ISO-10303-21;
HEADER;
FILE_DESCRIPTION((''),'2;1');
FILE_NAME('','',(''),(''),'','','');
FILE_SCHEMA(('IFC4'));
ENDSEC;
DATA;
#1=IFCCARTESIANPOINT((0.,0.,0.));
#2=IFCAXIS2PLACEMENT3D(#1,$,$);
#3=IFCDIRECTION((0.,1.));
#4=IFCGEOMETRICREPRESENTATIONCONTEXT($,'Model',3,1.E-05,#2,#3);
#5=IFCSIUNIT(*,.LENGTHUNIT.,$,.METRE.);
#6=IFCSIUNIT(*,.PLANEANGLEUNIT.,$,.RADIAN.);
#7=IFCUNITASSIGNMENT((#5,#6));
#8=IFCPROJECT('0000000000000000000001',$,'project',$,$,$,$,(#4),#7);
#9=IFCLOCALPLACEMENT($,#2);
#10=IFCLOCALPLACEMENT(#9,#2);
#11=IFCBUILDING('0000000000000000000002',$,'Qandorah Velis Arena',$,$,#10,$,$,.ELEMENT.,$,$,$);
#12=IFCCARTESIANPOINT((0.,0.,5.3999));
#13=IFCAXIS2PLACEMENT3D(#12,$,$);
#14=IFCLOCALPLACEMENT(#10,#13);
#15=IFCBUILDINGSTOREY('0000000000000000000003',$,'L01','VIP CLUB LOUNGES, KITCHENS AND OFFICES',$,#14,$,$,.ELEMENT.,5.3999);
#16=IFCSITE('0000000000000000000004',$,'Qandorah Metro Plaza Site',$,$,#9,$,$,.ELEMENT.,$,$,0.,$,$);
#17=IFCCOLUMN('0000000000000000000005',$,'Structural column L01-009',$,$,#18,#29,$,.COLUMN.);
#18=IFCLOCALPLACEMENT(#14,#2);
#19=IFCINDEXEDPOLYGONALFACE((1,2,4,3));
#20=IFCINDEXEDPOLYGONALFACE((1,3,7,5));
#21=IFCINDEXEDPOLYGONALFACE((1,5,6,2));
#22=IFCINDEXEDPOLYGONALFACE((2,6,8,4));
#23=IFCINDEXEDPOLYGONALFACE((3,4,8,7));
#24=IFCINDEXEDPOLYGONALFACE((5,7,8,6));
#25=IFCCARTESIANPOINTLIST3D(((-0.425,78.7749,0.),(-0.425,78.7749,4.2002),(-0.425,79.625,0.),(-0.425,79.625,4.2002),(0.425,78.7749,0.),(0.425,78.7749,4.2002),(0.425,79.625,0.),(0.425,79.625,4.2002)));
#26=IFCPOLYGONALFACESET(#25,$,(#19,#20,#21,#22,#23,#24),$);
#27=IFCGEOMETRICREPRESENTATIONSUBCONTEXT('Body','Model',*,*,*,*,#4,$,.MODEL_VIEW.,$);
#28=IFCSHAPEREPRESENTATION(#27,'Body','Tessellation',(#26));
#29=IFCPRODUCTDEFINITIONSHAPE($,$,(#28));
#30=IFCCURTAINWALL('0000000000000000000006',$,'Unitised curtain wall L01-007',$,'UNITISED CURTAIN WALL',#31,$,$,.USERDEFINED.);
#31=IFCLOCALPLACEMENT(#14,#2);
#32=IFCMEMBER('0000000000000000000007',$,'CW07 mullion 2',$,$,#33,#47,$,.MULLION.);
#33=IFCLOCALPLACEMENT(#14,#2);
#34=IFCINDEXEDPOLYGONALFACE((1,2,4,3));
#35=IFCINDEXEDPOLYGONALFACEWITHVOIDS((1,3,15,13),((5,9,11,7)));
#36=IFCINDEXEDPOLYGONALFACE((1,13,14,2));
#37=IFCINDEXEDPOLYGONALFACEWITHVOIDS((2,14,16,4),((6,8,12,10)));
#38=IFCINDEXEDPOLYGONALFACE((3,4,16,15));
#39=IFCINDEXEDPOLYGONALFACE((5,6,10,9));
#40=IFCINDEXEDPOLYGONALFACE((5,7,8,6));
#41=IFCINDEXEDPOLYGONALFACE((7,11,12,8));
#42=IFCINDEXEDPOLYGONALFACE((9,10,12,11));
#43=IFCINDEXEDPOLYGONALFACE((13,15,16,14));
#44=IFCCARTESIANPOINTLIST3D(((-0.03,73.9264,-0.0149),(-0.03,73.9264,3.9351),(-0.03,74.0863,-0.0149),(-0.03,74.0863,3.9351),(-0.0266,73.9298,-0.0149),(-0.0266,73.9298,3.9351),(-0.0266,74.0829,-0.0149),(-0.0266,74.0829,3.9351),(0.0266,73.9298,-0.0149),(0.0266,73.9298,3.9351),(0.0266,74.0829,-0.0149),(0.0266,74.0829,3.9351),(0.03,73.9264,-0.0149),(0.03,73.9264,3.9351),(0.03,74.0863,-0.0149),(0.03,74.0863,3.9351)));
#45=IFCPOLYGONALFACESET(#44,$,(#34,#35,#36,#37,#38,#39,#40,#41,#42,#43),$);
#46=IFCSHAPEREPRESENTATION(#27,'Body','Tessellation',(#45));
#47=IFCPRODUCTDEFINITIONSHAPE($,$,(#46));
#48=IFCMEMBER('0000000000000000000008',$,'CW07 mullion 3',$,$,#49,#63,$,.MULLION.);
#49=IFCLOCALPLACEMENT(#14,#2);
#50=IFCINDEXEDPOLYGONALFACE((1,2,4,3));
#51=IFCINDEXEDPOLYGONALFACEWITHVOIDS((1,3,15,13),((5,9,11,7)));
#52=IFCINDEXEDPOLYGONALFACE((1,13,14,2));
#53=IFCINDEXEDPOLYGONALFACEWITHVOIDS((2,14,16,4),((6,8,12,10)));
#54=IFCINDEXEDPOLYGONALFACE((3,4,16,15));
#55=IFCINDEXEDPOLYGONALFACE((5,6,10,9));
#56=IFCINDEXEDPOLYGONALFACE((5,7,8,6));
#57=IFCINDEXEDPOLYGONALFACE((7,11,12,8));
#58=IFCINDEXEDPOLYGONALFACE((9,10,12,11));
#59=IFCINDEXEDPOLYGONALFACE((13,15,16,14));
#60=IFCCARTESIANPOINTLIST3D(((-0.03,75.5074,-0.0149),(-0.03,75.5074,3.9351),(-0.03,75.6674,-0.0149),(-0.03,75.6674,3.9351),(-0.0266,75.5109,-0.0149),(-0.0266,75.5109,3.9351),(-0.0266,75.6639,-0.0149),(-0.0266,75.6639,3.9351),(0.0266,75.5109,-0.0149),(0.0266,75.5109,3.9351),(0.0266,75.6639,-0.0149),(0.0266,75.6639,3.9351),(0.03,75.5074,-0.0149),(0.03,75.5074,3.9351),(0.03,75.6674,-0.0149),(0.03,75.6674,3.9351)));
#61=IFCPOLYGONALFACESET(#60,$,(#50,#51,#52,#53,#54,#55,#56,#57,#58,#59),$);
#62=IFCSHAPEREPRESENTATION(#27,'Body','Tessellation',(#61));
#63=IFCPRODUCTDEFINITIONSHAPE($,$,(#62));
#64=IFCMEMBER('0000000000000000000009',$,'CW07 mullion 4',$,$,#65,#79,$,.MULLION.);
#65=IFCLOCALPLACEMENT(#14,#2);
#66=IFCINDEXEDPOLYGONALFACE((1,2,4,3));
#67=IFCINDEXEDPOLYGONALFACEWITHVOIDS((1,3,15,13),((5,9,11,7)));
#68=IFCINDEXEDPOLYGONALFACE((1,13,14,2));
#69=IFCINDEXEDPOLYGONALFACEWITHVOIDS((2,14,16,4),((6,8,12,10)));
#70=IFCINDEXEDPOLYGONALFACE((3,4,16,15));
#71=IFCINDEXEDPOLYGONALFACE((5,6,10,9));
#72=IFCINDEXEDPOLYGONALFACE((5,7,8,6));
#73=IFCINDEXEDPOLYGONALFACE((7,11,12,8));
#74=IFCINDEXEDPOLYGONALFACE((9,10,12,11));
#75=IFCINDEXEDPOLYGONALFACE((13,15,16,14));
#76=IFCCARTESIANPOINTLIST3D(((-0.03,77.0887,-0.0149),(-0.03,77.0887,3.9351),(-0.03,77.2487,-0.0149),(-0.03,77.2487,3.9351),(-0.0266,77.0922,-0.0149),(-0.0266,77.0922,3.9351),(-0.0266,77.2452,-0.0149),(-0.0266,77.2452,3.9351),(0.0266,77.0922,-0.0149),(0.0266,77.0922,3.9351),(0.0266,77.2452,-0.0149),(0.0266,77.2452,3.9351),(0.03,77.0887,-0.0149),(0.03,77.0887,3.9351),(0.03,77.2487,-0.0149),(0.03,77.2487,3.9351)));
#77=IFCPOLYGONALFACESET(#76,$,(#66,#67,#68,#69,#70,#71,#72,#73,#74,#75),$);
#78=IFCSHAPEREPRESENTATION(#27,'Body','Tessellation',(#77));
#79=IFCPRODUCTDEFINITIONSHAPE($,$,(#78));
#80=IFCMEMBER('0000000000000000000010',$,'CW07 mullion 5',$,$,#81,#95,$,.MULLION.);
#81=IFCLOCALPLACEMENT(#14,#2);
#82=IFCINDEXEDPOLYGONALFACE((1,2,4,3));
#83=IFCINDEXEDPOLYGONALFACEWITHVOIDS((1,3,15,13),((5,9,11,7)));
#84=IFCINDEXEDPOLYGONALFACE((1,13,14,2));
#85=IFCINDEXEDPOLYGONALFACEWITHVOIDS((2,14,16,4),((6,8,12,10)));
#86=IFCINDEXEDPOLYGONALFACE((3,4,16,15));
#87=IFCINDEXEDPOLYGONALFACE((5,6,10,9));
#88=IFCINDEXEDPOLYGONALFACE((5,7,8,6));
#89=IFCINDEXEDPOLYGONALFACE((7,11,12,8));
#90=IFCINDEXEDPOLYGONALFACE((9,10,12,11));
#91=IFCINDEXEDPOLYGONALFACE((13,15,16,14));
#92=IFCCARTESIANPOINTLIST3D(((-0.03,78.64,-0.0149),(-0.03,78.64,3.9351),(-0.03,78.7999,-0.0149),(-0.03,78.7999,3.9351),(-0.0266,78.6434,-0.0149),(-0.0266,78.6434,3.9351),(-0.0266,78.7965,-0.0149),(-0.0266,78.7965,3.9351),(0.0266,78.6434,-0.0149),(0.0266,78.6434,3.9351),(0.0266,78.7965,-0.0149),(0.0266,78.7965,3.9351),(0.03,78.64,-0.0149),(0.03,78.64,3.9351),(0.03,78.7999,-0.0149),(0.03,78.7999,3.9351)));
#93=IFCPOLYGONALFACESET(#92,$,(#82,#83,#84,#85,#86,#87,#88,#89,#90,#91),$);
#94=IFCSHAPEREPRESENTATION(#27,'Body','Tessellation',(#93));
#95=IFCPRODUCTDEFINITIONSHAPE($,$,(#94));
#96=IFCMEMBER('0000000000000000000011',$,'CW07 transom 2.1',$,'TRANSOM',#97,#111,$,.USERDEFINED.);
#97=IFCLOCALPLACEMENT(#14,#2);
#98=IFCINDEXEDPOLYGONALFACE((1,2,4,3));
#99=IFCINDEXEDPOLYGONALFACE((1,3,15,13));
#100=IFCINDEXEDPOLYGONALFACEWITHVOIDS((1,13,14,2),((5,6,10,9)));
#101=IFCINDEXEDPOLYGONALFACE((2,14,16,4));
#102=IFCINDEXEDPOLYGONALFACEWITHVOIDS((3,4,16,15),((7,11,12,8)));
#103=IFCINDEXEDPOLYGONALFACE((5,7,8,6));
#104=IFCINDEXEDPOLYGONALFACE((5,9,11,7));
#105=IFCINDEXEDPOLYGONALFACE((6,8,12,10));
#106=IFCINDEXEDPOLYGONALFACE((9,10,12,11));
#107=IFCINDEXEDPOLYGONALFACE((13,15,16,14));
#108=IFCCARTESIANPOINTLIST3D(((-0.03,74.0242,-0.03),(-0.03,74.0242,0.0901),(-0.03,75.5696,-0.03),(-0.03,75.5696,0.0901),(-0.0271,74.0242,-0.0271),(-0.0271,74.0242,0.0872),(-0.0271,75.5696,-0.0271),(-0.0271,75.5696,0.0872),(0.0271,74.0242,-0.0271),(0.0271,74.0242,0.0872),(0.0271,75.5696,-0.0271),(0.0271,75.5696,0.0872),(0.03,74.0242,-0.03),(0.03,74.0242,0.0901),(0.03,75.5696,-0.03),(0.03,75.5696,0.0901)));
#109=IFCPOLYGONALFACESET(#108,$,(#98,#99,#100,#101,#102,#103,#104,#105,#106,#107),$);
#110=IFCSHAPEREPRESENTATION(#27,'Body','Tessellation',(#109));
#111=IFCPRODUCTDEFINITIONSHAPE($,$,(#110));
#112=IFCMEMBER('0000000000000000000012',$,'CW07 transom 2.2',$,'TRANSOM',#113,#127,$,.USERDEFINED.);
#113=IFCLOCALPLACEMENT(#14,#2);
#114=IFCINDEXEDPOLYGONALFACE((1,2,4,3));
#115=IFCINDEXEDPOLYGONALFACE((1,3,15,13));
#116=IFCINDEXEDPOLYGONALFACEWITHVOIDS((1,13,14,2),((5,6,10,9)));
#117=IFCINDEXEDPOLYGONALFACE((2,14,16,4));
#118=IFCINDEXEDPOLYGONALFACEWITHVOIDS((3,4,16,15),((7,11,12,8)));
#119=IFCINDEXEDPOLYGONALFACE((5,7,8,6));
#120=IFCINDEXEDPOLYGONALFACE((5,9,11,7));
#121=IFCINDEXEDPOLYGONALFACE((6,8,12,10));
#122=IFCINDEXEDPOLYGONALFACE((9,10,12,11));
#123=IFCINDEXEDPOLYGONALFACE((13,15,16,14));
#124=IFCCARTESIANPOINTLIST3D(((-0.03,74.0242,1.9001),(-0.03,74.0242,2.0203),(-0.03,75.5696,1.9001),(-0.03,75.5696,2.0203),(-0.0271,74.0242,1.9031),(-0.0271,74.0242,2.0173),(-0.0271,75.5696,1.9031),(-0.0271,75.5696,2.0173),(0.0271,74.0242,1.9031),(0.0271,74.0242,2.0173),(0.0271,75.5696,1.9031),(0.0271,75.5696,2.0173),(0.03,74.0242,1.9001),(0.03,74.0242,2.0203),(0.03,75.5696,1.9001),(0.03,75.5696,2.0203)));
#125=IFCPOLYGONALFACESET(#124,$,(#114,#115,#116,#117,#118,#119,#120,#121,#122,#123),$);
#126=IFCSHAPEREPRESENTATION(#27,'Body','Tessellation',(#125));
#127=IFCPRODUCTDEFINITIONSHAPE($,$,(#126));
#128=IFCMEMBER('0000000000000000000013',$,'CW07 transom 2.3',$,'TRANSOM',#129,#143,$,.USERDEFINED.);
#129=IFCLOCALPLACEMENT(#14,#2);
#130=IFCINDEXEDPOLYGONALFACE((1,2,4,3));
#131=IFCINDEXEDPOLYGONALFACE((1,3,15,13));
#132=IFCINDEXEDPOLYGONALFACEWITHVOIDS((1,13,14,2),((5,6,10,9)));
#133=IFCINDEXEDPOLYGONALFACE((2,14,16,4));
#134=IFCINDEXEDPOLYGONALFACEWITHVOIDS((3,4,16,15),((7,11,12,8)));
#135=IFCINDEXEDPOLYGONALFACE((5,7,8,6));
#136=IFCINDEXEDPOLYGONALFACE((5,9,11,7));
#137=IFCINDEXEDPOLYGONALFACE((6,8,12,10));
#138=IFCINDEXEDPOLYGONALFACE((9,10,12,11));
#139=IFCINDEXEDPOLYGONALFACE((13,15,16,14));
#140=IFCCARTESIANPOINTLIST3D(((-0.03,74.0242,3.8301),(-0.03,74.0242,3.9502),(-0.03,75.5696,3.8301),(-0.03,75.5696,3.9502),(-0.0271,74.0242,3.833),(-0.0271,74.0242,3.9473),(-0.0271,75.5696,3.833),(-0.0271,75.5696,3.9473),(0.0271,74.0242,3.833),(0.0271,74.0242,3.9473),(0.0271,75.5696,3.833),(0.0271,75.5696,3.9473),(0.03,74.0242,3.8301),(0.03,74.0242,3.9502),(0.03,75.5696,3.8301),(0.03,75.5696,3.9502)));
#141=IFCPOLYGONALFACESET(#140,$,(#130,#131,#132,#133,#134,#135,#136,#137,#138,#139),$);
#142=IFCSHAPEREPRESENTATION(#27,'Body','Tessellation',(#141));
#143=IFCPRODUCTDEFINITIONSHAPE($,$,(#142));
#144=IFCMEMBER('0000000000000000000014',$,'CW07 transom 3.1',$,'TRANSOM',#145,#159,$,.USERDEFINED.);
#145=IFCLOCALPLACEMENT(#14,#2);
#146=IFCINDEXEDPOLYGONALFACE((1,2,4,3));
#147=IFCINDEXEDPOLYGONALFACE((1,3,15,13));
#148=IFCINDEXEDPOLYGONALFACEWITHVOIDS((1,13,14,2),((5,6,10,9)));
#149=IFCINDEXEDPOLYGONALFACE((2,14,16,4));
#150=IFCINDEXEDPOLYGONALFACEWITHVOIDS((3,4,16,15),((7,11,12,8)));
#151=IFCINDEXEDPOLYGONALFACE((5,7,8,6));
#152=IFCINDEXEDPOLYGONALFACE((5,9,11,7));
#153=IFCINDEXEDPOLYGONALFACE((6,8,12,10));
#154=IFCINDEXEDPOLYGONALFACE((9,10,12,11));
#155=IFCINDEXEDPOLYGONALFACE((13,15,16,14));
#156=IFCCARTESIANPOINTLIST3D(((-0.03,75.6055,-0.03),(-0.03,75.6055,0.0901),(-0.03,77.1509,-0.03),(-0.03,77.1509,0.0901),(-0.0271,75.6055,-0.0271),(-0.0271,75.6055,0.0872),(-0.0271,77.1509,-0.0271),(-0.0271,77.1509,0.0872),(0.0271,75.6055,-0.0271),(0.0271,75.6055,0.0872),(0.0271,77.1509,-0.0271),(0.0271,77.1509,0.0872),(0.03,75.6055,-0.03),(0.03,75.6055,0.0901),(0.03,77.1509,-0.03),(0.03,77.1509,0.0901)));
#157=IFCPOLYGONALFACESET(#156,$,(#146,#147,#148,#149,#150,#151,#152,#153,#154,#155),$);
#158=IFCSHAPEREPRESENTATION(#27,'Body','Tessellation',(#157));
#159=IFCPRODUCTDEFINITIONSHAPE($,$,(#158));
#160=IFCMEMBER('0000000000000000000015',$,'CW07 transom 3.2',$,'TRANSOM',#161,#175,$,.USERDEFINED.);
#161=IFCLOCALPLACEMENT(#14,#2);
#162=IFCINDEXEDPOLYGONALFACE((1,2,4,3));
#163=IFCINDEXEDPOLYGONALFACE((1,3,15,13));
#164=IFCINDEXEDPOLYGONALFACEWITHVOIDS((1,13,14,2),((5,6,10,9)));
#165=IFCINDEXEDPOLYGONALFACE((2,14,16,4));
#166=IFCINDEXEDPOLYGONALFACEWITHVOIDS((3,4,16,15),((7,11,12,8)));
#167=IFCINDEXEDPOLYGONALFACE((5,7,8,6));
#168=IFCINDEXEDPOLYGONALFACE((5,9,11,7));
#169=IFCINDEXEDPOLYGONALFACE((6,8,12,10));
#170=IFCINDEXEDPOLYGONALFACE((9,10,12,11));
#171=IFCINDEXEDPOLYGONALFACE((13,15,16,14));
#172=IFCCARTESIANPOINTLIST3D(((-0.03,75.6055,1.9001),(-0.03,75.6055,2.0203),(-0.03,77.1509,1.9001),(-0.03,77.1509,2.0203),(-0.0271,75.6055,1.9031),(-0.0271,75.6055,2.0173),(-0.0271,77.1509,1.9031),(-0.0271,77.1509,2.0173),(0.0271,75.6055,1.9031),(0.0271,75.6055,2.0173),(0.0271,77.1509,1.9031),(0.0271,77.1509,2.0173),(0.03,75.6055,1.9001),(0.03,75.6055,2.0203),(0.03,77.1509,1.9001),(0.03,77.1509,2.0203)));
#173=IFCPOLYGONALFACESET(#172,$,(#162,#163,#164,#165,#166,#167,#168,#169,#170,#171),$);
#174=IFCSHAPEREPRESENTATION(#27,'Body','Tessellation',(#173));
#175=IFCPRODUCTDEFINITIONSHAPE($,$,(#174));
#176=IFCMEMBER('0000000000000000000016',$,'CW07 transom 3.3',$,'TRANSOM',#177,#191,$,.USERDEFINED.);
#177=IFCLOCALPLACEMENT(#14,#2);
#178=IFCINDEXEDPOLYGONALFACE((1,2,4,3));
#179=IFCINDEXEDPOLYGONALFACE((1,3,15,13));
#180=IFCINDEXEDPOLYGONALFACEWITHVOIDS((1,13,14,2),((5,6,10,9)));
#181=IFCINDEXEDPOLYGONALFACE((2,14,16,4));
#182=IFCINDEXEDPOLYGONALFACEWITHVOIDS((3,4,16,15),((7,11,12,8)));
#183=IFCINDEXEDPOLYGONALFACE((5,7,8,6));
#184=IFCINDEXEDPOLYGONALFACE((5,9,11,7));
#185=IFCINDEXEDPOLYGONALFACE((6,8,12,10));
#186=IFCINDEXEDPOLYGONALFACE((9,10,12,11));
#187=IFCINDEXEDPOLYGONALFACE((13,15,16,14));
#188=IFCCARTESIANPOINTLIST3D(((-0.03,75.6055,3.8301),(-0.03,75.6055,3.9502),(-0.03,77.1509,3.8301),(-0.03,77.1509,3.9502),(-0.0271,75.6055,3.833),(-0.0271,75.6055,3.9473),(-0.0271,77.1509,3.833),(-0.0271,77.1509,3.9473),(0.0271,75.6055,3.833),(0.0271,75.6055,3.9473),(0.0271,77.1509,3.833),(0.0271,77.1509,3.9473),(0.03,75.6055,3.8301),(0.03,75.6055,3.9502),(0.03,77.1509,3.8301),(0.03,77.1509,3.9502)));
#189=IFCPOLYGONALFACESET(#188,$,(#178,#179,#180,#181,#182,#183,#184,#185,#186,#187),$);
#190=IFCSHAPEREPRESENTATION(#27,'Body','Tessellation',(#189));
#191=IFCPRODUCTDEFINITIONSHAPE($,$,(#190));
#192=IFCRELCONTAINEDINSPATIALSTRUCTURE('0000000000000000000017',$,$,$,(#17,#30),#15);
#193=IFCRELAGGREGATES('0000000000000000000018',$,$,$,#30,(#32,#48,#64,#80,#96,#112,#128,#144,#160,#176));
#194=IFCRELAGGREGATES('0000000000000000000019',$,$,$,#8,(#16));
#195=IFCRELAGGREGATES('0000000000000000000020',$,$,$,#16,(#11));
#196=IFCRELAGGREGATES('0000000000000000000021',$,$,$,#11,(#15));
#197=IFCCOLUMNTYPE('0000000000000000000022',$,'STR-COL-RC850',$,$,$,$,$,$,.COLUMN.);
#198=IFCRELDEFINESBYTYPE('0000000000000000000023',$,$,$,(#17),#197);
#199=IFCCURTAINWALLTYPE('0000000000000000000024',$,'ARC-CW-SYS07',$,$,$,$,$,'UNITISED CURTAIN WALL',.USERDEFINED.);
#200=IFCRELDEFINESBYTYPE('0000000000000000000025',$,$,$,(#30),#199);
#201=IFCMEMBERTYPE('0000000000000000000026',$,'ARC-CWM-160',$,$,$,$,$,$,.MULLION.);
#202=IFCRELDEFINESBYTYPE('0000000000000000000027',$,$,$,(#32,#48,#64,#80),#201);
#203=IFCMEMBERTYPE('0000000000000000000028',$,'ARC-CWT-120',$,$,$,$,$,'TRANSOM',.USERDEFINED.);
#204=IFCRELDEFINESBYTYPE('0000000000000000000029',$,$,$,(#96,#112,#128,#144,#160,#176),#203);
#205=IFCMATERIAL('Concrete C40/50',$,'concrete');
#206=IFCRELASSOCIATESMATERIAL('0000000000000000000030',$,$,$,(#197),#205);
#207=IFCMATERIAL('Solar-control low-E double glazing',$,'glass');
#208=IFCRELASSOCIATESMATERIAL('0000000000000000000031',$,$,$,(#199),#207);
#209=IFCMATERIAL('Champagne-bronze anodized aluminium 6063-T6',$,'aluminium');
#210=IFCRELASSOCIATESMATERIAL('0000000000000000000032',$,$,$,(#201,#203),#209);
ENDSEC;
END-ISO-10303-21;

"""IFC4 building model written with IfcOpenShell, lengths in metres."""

from ifc_helpers import new_model, si_unit, direction, frame, origin, origin_2d, place, context, subcontext, project, spatial, rectangle, hollow_rectangle, extrude, material, material_profile, profile_set, type_object, element, aggregate, save


model = new_model("IFC4")

# Units and contexts
model_context = context("Model", 3, precision=1e-05, world=origin(), true_north=direction((0.0, 1.0)))
body_context = subcontext(model_context, "Body", "Model", "MODEL_VIEW")
ifc_project = project(units=[si_unit("LENGTHUNIT", "METRE"), si_unit("PLANEANGLEUNIT", "RADIAN")], contexts=[model_context])

# Site, building, storey
site_placement = place(None, origin())
site = spatial("IfcSite", under=ifc_project, at=site_placement, Name="Qandorah Metro Plaza Site", CompositionType="ELEMENT", RefElevation=0.0)
building_placement = place(site_placement, origin())
building = spatial("IfcBuilding", under=site, at=building_placement, Name="Qandorah Velis Arena", CompositionType="ELEMENT")
storey_placement = place(building_placement, frame((0.0, 0.0, 5.3999)))
storey = spatial("IfcBuildingStorey", under=building, at=storey_placement, Name="L01", Description="VIP CLUB LOUNGES, KITCHENS AND OFFICES", CompositionType="ELEMENT", Elevation=5.3999)

# Column
ifc_material_1 = material(Name="Concrete C40/50", Category="concrete")
ifc_material_profile_1 = material_profile(ifc_material_1, rectangle(XDim=0.8501, YDim=0.8501, at=origin_2d()), Name="RC COL 850x850")
ifc_profile_set_1 = profile_set([ifc_material_profile_1], Name="Concrete C40/50")
column_type = type_object("IfcColumnType", Name="STR-COL-RC850", PredefinedType="COLUMN", material=ifc_profile_set_1)
column_placement = place(storey_placement, frame((0.0, 79.2, 0.0), z_axis=(0.0, 0.0, 1.0), x_axis=(1.0, 0.0, 0.0)))
element("IfcColumn", 1, at=column_placement, inside=storey, type_object=column_type, Name="Structural column L01-009", PredefinedType="COLUMN", context=body_context, shape_type="SweptSolid", body=[
    extrude(rectangle(XDim=0.8501, YDim=0.8501, at=origin_2d()), origin(), (0.0, 0.0, 1.0), 4.2002),
])

# Curtain wall, members
ifc_material_2 = material(Name="Solar-control low-E double glazing", Category="glass")
curtain_wall_type = type_object("IfcCurtainWallType", Name="ARC-CW-SYS07", ElementType="UNITISED CURTAIN WALL", PredefinedType="USERDEFINED", material=ifc_material_2)
curtain_wall_placement = place(storey_placement, origin())
curtain_wall = element("IfcCurtainWall", 2, at=curtain_wall_placement, inside=storey, type_object=curtain_wall_type, Name="Unitised curtain wall L01-007", ObjectType="UNITISED CURTAIN WALL", PredefinedType="USERDEFINED")
ifc_material_3 = material(Name="Champagne-bronze anodized aluminium 6063-T6", Category="aluminium")
ifc_material_profile_2 = material_profile(ifc_material_3, hollow_rectangle(XDim=0.0601, YDim=0.1599, WallThickness=0.0034, at=origin_2d()), Name="ALU MULLION 60x160")
ifc_profile_set_2 = profile_set([ifc_material_profile_2], Name="Champagne-bronze anodized aluminium 6063-T6")
member_type_1 = type_object("IfcMemberType", Name="ARC-CWM-160", PredefinedType="MULLION", material=ifc_profile_set_2)
member_1_placement = place(storey_placement, frame((0.0, 74.0063, -0.0149), z_axis=(0.0, 0.0, 1.0), x_axis=(-1.0, 0.0, 0.0)))
member_1 = element("IfcMember", 3, at=member_1_placement, type_object=member_type_1, Name="CW07 mullion 2", PredefinedType="MULLION", context=body_context, shape_type="SweptSolid", body=[
    extrude(hollow_rectangle(XDim=0.0601, YDim=0.1599, WallThickness=0.0034, at=origin_2d()), origin(), (0.0, 0.0, 1.0), 3.95),
])
member_2_placement = place(storey_placement, frame((0.0, 75.5874, -0.0149), z_axis=(0.0, 0.0, 1.0), x_axis=(-1.0, 0.0, 0.0)))
member_2 = element("IfcMember", 4, at=member_2_placement, type_object=member_type_1, Name="CW07 mullion 3", PredefinedType="MULLION", context=body_context, shape_type="SweptSolid", body=[
    extrude(hollow_rectangle(XDim=0.0601, YDim=0.1599, WallThickness=0.0034, at=origin_2d()), origin(), (0.0, 0.0, 1.0), 3.95),
])
member_3_placement = place(storey_placement, frame((0.0, 77.1687, -0.0149), z_axis=(0.0, 0.0, 1.0), x_axis=(-1.0, 0.0, 0.0)))
member_3 = element("IfcMember", 5, at=member_3_placement, type_object=member_type_1, Name="CW07 mullion 4", PredefinedType="MULLION", context=body_context, shape_type="SweptSolid", body=[
    extrude(hollow_rectangle(XDim=0.0601, YDim=0.1599, WallThickness=0.0034, at=origin_2d()), origin(), (0.0, 0.0, 1.0), 3.95),
])
member_4_placement = place(storey_placement, frame((0.0, 78.72, -0.0149), z_axis=(0.0, 0.0, 1.0), x_axis=(-1.0, 0.0, 0.0)))
member_4 = element("IfcMember", 6, at=member_4_placement, type_object=member_type_1, Name="CW07 mullion 5", PredefinedType="MULLION", context=body_context, shape_type="SweptSolid", body=[
    extrude(hollow_rectangle(XDim=0.0601, YDim=0.1599, WallThickness=0.0034, at=origin_2d()), origin(), (0.0, 0.0, 1.0), 3.95),
])
ifc_material_profile_3 = material_profile(ifc_material_3, hollow_rectangle(XDim=0.0601, YDim=0.1201, WallThickness=0.0029, at=origin_2d()), Name="ALU TRANSOM 60x120")
ifc_profile_set_3 = profile_set([ifc_material_profile_3], Name="Champagne-bronze anodized aluminium 6063-T6")
member_type_2 = type_object("IfcMemberType", Name="ARC-CWT-120", ElementType="TRANSOM", PredefinedType="USERDEFINED", material=ifc_profile_set_3)
member_5_placement = place(storey_placement, frame((0.0, 74.0242, 0.03), z_axis=(0.0, 1.0, 0.0), x_axis=(-1.0, 0.0, 0.0)))
member_5 = element("IfcMember", 7, at=member_5_placement, type_object=member_type_2, Name="CW07 transom 2.1", ObjectType="TRANSOM", PredefinedType="USERDEFINED", context=body_context, shape_type="SweptSolid", body=[
    extrude(hollow_rectangle(XDim=0.0601, YDim=0.1201, WallThickness=0.0029, at=origin_2d()), origin(), (0.0, 0.0, 1.0), 1.5454),
])
member_6_placement = place(storey_placement, frame((0.0, 74.0242, 1.9602), z_axis=(0.0, 1.0, 0.0), x_axis=(-1.0, 0.0, 0.0)))
member_6 = element("IfcMember", 8, at=member_6_placement, type_object=member_type_2, Name="CW07 transom 2.2", ObjectType="TRANSOM", PredefinedType="USERDEFINED", context=body_context, shape_type="SweptSolid", body=[
    extrude(hollow_rectangle(XDim=0.0601, YDim=0.1201, WallThickness=0.0029, at=origin_2d()), origin(), (0.0, 0.0, 1.0), 1.5454),
])
member_7_placement = place(storey_placement, frame((0.0, 74.0242, 3.8901), z_axis=(0.0, 1.0, 0.0), x_axis=(-1.0, 0.0, 0.0)))
member_7 = element("IfcMember", 9, at=member_7_placement, type_object=member_type_2, Name="CW07 transom 2.3", ObjectType="TRANSOM", PredefinedType="USERDEFINED", context=body_context, shape_type="SweptSolid", body=[
    extrude(hollow_rectangle(XDim=0.0601, YDim=0.1201, WallThickness=0.0029, at=origin_2d()), origin(), (0.0, 0.0, 1.0), 1.5454),
])
member_8_placement = place(storey_placement, frame((0.0, 75.6055, 0.03), z_axis=(0.0, 1.0, 0.0), x_axis=(-1.0, 0.0, 0.0)))
member_8 = element("IfcMember", 10, at=member_8_placement, type_object=member_type_2, Name="CW07 transom 3.1", ObjectType="TRANSOM", PredefinedType="USERDEFINED", context=body_context, shape_type="SweptSolid", body=[
    extrude(hollow_rectangle(XDim=0.0601, YDim=0.1201, WallThickness=0.0029, at=origin_2d()), origin(), (0.0, 0.0, 1.0), 1.5454),
])
member_9_placement = place(storey_placement, frame((0.0, 75.6055, 1.9602), z_axis=(0.0, 1.0, 0.0), x_axis=(-1.0, 0.0, 0.0)))
member_9 = element("IfcMember", 11, at=member_9_placement, type_object=member_type_2, Name="CW07 transom 3.2", ObjectType="TRANSOM", PredefinedType="USERDEFINED", context=body_context, shape_type="SweptSolid", body=[
    extrude(hollow_rectangle(XDim=0.0601, YDim=0.1201, WallThickness=0.0029, at=origin_2d()), origin(), (0.0, 0.0, 1.0), 1.5454),
])
member_10_placement = place(storey_placement, frame((0.0, 75.6055, 3.8901), z_axis=(0.0, 1.0, 0.0), x_axis=(-1.0, 0.0, 0.0)))
member_10 = element("IfcMember", 12, at=member_10_placement, type_object=member_type_2, Name="CW07 transom 3.3", ObjectType="TRANSOM", PredefinedType="USERDEFINED", context=body_context, shape_type="SweptSolid", body=[
    extrude(hollow_rectangle(XDim=0.0601, YDim=0.1201, WallThickness=0.0029, at=origin_2d()), origin(), (0.0, 0.0, 1.0), 1.5454),
])
aggregate(curtain_wall, [member_1, member_2, member_3, member_4, member_5, member_6, member_7, member_8, member_9, member_10])

save(model, "model.ifc")
